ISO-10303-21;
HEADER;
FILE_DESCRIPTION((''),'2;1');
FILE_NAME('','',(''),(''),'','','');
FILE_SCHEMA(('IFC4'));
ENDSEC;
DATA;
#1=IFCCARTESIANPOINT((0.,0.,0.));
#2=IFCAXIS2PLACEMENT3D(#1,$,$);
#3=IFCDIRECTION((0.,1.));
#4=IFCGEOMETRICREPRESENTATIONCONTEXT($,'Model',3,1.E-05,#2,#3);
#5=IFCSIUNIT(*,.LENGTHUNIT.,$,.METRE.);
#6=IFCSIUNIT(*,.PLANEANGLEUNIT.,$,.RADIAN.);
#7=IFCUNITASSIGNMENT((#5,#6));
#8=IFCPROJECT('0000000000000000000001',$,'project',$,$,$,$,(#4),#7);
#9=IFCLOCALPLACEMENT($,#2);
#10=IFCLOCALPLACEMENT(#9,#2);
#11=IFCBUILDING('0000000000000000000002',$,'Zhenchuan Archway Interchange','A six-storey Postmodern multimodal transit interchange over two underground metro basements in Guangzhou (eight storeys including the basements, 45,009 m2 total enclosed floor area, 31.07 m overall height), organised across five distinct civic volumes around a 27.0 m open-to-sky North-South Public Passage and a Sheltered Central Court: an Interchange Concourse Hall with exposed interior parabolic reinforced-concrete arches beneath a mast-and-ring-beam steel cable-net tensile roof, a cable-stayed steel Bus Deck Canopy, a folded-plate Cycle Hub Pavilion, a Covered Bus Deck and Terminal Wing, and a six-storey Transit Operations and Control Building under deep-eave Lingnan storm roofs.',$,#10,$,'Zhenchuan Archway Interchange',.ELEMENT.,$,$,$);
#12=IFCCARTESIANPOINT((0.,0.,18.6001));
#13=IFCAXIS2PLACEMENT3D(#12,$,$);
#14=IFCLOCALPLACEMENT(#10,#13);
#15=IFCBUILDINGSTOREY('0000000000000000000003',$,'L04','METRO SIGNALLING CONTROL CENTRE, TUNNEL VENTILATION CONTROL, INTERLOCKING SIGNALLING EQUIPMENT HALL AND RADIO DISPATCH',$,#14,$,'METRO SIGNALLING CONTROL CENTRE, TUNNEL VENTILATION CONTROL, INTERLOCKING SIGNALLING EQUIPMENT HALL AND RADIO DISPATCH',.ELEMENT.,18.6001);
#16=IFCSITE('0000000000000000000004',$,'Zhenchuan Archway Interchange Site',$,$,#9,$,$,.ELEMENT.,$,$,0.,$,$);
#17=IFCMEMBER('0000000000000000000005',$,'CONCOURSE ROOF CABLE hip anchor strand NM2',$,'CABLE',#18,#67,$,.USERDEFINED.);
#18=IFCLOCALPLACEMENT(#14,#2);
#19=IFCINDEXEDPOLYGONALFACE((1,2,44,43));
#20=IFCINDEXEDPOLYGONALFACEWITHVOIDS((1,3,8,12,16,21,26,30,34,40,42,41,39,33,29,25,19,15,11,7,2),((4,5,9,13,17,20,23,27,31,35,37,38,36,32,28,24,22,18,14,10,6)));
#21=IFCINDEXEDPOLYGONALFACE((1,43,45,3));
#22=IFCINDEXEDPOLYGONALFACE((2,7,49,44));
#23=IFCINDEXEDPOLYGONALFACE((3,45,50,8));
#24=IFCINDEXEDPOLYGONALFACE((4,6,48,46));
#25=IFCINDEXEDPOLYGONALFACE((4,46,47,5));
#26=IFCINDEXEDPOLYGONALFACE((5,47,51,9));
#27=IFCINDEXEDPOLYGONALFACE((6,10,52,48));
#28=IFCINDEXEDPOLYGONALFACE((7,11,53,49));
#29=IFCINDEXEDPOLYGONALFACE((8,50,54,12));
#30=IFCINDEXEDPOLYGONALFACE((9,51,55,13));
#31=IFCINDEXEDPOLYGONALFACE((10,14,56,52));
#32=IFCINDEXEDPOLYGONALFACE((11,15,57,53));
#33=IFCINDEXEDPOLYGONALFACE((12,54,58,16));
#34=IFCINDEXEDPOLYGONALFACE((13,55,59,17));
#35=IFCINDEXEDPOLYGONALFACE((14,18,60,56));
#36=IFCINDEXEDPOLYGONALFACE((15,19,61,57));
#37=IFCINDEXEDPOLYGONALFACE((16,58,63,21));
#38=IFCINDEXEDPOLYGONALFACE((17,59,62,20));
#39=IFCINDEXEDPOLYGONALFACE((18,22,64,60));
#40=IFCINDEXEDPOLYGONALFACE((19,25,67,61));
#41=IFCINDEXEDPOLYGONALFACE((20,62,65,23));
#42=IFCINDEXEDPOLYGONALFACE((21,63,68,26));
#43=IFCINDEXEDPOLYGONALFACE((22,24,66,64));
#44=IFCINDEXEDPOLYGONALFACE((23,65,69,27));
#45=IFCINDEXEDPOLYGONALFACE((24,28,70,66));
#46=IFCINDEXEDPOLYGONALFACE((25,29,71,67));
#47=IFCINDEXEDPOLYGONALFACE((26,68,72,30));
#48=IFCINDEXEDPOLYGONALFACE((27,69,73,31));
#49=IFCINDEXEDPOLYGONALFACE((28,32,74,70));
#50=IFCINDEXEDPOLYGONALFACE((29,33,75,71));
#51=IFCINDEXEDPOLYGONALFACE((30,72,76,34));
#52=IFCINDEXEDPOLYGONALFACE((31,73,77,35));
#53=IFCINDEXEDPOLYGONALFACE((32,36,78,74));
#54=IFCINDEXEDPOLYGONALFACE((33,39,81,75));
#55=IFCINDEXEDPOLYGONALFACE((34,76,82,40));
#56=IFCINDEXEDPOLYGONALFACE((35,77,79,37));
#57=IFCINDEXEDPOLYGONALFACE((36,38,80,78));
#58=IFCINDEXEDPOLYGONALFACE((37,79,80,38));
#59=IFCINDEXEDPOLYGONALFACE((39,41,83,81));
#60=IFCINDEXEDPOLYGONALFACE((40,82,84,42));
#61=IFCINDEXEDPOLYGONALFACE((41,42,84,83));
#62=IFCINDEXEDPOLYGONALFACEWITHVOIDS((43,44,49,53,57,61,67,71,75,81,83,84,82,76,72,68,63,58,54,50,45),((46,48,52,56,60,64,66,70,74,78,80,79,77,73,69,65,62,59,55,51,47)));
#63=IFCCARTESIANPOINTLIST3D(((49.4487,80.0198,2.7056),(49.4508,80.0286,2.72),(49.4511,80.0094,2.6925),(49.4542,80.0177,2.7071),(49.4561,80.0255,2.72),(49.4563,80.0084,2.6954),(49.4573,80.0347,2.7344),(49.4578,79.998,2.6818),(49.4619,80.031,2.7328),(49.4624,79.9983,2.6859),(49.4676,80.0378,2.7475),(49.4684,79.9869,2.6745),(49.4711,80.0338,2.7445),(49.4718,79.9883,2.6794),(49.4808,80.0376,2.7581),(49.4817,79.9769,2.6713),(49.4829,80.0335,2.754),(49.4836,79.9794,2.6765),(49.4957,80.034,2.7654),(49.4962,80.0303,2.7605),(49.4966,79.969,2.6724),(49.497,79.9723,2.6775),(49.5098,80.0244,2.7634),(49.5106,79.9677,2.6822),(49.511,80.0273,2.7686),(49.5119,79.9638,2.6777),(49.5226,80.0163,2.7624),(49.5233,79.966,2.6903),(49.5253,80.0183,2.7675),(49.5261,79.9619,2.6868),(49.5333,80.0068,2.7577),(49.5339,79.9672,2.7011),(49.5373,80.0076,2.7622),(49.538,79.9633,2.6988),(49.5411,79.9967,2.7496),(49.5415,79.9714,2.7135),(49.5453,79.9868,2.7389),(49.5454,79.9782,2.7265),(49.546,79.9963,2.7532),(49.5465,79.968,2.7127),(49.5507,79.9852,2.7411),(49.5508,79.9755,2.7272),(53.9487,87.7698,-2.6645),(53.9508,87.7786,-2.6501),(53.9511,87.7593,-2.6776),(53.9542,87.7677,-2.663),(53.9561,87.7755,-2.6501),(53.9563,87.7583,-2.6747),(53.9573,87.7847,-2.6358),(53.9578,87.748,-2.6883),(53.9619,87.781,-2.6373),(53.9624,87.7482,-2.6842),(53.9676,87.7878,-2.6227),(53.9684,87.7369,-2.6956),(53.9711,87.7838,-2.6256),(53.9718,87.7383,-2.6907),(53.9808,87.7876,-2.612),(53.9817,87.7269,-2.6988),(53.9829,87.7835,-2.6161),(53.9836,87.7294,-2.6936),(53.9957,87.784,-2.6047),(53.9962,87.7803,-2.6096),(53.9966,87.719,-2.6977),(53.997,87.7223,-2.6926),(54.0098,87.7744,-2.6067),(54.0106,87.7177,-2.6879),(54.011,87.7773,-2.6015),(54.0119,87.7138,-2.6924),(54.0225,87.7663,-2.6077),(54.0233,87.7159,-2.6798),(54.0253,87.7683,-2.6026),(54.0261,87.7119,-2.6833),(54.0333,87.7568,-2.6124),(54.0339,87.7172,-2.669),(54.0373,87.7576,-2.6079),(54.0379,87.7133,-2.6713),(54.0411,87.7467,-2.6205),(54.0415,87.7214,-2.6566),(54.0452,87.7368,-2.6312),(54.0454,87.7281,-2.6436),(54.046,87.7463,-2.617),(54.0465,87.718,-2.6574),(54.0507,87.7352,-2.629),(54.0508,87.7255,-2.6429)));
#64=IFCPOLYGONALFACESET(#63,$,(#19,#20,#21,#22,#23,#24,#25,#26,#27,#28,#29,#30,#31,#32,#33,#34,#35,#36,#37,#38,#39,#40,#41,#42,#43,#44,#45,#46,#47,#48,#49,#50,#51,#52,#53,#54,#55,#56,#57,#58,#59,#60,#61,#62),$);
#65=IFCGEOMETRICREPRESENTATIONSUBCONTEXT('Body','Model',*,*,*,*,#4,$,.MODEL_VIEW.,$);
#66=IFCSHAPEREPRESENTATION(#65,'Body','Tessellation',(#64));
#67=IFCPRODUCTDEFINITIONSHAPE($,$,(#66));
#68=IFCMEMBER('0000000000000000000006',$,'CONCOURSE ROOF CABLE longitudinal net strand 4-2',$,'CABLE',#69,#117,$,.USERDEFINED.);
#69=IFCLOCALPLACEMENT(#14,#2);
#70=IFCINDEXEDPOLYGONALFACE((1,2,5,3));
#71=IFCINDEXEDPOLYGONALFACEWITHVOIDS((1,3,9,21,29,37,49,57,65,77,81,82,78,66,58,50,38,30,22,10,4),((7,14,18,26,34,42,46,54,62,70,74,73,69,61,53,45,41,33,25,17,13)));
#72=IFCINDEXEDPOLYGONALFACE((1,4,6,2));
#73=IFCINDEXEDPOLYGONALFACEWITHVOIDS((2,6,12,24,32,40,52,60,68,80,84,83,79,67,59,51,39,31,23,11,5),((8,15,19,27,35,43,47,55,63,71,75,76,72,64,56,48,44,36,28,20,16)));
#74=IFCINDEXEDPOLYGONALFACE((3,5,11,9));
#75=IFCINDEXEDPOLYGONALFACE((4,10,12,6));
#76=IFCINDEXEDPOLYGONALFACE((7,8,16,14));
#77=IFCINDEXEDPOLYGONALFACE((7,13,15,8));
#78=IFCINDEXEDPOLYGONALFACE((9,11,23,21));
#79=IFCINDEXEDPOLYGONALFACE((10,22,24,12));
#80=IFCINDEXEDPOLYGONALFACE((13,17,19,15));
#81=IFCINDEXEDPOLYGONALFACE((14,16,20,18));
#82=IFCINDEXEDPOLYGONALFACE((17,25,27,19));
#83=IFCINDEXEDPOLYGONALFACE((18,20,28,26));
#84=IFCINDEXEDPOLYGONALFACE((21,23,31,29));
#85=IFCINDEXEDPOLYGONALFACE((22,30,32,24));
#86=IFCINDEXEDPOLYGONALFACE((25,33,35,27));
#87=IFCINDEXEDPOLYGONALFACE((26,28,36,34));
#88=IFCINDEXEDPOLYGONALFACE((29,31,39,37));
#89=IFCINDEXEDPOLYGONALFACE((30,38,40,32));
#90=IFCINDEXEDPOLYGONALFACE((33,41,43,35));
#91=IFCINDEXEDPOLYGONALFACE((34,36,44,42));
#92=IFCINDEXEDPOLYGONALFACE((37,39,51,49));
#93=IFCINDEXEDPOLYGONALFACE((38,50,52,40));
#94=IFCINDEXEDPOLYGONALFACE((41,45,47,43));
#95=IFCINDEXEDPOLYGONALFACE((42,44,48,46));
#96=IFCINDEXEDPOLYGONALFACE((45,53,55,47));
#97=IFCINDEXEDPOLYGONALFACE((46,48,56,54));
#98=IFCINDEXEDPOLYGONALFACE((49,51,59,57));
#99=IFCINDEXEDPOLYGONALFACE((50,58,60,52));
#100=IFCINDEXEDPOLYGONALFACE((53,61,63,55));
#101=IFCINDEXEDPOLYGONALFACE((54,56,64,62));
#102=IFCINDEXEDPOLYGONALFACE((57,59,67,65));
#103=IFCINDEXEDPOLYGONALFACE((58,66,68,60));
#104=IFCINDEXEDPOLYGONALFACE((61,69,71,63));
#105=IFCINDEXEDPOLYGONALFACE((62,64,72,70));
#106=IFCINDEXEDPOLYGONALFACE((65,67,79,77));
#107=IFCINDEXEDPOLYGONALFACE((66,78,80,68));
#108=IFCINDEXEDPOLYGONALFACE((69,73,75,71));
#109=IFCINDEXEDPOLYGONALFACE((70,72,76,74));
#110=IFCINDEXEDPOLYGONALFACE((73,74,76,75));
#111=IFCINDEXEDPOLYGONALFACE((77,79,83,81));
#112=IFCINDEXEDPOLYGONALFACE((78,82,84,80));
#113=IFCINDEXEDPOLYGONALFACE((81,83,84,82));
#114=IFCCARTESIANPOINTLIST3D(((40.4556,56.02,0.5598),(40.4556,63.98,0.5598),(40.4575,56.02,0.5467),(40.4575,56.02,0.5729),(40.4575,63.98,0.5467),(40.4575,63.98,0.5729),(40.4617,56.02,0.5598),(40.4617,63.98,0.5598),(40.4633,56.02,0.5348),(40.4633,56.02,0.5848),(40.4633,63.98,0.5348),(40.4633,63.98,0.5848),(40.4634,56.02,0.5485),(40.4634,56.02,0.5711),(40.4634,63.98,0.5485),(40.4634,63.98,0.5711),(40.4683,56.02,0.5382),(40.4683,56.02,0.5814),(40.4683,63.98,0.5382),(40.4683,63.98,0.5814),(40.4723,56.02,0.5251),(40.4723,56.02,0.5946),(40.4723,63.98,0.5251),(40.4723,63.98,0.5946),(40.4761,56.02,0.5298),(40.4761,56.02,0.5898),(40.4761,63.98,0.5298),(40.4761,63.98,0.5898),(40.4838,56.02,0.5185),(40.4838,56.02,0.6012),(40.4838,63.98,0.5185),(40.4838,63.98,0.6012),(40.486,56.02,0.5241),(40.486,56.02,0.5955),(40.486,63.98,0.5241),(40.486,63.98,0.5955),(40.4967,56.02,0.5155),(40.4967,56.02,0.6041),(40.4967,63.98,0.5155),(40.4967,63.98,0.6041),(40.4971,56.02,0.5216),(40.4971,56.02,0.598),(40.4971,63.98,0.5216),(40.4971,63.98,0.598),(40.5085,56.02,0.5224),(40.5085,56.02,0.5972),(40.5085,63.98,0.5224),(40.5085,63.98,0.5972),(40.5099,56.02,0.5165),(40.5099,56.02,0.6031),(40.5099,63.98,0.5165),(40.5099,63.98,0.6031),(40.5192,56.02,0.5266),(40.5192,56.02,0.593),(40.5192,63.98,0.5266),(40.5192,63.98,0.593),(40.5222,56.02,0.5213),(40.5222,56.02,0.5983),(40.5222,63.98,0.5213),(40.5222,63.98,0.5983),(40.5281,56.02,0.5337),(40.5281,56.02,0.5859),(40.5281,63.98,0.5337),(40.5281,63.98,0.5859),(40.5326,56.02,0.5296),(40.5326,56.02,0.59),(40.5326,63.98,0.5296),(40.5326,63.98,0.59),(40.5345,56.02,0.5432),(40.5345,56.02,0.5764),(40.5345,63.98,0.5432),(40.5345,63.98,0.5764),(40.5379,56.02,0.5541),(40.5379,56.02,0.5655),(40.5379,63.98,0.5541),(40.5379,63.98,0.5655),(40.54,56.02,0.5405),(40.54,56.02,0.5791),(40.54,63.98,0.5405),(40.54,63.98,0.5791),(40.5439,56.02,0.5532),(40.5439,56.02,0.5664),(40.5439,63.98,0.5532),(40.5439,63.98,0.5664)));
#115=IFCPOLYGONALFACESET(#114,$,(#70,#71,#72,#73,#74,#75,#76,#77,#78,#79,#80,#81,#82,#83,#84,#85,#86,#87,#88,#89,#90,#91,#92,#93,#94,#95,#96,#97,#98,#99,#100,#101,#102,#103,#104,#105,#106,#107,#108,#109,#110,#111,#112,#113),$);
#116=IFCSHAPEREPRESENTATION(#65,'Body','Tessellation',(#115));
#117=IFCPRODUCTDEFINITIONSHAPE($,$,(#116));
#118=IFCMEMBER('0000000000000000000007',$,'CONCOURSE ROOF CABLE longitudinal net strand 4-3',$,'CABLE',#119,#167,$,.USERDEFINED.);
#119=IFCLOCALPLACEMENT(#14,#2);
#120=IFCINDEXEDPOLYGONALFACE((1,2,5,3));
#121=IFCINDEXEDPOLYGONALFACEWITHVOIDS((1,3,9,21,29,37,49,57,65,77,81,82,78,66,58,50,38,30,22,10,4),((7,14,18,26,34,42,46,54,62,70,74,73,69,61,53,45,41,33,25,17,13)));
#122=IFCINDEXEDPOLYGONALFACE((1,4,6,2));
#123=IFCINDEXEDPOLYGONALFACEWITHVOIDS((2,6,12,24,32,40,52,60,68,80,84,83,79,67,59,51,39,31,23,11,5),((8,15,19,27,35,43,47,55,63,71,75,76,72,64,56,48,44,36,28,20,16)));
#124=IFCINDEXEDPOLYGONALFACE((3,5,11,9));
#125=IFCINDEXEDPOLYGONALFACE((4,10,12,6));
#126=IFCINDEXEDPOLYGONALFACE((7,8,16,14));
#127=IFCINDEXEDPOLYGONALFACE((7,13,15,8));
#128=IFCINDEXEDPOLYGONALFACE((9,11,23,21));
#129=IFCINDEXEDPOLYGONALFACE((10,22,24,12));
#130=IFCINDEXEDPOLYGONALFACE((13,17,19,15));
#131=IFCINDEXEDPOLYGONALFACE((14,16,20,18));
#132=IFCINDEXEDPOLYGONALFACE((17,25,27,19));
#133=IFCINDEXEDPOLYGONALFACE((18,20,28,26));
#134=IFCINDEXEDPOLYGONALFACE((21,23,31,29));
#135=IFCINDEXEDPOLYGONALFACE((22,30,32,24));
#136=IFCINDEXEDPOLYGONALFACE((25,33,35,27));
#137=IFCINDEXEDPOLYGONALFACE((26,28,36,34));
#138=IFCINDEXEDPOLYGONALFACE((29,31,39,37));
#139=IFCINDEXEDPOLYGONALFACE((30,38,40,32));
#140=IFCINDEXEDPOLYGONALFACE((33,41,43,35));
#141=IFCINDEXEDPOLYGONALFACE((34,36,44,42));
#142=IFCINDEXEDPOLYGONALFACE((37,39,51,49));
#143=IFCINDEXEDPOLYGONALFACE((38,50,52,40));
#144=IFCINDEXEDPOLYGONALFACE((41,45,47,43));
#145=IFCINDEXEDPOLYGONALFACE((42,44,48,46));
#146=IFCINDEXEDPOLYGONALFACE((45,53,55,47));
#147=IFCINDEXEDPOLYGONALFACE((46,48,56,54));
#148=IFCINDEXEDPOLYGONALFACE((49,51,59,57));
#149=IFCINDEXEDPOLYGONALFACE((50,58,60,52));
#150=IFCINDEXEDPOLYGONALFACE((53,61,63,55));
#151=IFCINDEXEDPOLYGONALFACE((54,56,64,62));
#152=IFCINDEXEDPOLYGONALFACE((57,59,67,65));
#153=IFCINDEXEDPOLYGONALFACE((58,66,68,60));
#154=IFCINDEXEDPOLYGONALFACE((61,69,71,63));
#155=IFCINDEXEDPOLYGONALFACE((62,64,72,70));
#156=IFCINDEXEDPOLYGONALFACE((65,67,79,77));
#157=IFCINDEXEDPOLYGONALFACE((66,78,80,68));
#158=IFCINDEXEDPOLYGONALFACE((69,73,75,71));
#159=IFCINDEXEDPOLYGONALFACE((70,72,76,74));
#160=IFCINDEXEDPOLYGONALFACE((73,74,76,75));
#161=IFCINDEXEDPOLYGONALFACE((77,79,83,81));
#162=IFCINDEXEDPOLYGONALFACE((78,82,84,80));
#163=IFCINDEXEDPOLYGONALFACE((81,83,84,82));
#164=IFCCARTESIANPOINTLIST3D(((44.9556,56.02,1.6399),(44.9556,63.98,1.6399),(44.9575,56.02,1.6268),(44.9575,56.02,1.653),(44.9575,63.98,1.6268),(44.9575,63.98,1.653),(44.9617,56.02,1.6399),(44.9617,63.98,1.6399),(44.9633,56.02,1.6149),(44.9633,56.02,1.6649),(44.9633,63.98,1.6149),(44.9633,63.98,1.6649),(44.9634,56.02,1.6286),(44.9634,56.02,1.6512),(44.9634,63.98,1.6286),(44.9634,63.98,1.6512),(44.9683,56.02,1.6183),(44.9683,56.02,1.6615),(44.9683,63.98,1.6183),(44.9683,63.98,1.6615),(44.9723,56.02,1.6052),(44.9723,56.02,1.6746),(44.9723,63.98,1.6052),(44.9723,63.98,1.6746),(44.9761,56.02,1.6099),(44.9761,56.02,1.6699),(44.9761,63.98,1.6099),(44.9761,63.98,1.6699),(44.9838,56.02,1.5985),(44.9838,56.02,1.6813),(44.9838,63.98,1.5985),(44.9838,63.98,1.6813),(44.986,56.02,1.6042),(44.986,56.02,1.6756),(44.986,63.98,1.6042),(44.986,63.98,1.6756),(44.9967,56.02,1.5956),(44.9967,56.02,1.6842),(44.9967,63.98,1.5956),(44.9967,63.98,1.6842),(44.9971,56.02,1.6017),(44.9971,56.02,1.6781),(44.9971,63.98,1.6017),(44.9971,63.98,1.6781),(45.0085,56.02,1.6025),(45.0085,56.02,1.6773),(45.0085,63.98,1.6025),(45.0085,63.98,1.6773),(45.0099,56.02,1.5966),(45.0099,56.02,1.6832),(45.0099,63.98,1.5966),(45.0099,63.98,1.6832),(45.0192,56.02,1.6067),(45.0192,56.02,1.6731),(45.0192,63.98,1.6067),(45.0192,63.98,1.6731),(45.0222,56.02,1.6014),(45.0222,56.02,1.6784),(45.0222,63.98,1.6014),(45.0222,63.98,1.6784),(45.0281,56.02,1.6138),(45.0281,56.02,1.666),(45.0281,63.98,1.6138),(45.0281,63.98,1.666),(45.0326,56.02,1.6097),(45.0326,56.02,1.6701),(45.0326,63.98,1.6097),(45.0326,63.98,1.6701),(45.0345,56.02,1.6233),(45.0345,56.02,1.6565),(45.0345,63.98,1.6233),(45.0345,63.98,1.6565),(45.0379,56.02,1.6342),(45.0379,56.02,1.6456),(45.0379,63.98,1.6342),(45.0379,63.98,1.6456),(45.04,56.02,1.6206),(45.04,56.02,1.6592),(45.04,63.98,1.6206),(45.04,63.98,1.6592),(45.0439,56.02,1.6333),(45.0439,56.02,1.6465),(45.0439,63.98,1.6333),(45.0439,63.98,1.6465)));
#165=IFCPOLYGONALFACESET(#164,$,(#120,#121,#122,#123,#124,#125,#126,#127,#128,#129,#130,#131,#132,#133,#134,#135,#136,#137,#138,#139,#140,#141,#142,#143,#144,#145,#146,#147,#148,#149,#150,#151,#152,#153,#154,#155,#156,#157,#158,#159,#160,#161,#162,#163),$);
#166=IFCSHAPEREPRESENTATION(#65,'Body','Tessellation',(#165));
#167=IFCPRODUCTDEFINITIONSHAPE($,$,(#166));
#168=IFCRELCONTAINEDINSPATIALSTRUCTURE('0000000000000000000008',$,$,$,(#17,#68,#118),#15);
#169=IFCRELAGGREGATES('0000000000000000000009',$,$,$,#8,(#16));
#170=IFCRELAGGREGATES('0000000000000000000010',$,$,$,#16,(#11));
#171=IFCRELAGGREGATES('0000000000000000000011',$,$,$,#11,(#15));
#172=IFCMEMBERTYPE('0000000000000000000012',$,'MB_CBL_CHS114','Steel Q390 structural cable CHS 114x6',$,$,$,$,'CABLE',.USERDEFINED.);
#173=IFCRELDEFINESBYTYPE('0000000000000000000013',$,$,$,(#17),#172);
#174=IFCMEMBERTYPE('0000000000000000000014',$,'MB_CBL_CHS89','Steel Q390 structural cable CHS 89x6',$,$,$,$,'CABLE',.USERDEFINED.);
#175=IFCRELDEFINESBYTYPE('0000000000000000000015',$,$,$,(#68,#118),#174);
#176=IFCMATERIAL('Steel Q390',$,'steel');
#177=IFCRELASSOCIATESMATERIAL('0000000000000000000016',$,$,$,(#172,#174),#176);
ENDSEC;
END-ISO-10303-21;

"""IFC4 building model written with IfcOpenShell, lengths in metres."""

from ifc_helpers import new_model, si_unit, direction, frame, origin, origin_2d, place, context, subcontext, project, spatial, hollow_circle, extrude, material, material_profile, profile_set, type_object, element, save


model = new_model("IFC4")

# Units and contexts
model_context = context("Model", 3, precision=1e-05, world=origin(), true_north=direction((0.0, 1.0)))
body_context = subcontext(model_context, "Body", "Model", "MODEL_VIEW")
ifc_project = project(units=[si_unit("LENGTHUNIT", "METRE"), si_unit("PLANEANGLEUNIT", "RADIAN")], contexts=[model_context])

# Site, building, storey
site_placement = place(None, origin())
site = spatial("IfcSite", under=ifc_project, at=site_placement, Name="Zhenchuan Archway Interchange Site", CompositionType="ELEMENT", RefElevation=0.0)
building_placement = place(site_placement, origin())
building = spatial("IfcBuilding", under=site, at=building_placement, Name="Zhenchuan Archway Interchange", Description="A six-storey Postmodern multimodal transit interchange over two underground metro basements in Guangzhou (eight storeys including the basements, 45,009 m2 total enclosed floor area, 31.07 m overall height), organised across five distinct civic volumes around a 27.0 m open-to-sky North-South Public Passage and a Sheltered Central Court: an Interchange Concourse Hall with exposed interior parabolic reinforced-concrete arches beneath a mast-and-ring-beam steel cable-net tensile roof, a cable-stayed steel Bus Deck Canopy, a folded-plate Cycle Hub Pavilion, a Covered Bus Deck and Terminal Wing, and a six-storey Transit Operations and Control Building under deep-eave Lingnan storm roofs.", LongName="Zhenchuan Archway Interchange", CompositionType="ELEMENT")
storey_placement = place(building_placement, frame((0.0, 0.0, 18.6001)))
storey = spatial("IfcBuildingStorey", under=building, at=storey_placement, Name="L04", Description="METRO SIGNALLING CONTROL CENTRE, TUNNEL VENTILATION CONTROL, INTERLOCKING SIGNALLING EQUIPMENT HALL AND RADIO DISPATCH", LongName="METRO SIGNALLING CONTROL CENTRE, TUNNEL VENTILATION CONTROL, INTERLOCKING SIGNALLING EQUIPMENT HALL AND RADIO DISPATCH", CompositionType="ELEMENT", Elevation=18.6001)

# Shared definitions
ifc_material_1 = material(Name="Steel Q390", Category="steel")

# Members
ifc_material_profile_1 = material_profile(ifc_material_1, hollow_circle(Radius=0.0569, WallThickness=0.0061, at=origin_2d()), Name="CHS 114x6")
ifc_profile_set_1 = profile_set([ifc_material_profile_1], Name="Steel Q390")
member_type_1 = type_object("IfcMemberType", Name="MB_CBL_CHS114", Description="Steel Q390 structural cable CHS 114x6", ElementType="CABLE", PredefinedType="USERDEFINED", material=ifc_profile_set_1)
for number, where, z_axis, x_axis, name in (
    (1, (49.5, 80.0, 2.72), (0.430724, 0.741803, -0.514009), (-0.864789, 0.502136, 0.0), "CONCOURSE ROOF CABLE hip anchor strand NM2"),
):
    element("IfcMember", number, at=place(storey_placement, frame(where, z_axis=z_axis, x_axis=x_axis)), inside=storey, type_object=member_type_1, Name=name, ObjectType="CABLE", PredefinedType="USERDEFINED", context=body_context, shape_type="SweptSolid", body=[
        extrude(hollow_circle(Radius=0.0569, WallThickness=0.0061, at=origin_2d()), origin(), (0.0, 0.0, 1.0), 10.4475),
    ])
ifc_material_profile_2 = material_profile(ifc_material_1, hollow_circle(Radius=0.0444, WallThickness=0.0061, at=origin_2d()), Name="CHS 89x6")
ifc_profile_set_2 = profile_set([ifc_material_profile_2], Name="Steel Q390")
member_type_2 = type_object("IfcMemberType", Name="MB_CBL_CHS89", Description="Steel Q390 structural cable CHS 89x6", ElementType="CABLE", PredefinedType="USERDEFINED", material=ifc_profile_set_2)
for number, where, z_axis, x_axis, name in (
    (2, (40.5, 56.02, 0.5598), (0.0, 1.0, 0.0), (-1.0, 0.0, 0.0), "CONCOURSE ROOF CABLE longitudinal net strand 4-2"),
    (3, (45.0, 56.02, 1.6399), (0.0, 1.0, 0.0), (-1.0, 0.0, 0.0), "CONCOURSE ROOF CABLE longitudinal net strand 4-3"),
):
    element("IfcMember", number, at=place(storey_placement, frame(where, z_axis=z_axis, x_axis=x_axis)), inside=storey, type_object=member_type_2, Name=name, ObjectType="CABLE", PredefinedType="USERDEFINED", context=body_context, shape_type="SweptSolid", body=[
        extrude(hollow_circle(Radius=0.0444, WallThickness=0.0061, at=origin_2d()), origin(), (0.0, 0.0, 1.0), 7.96),
    ])

save(model, "model.ifc")
